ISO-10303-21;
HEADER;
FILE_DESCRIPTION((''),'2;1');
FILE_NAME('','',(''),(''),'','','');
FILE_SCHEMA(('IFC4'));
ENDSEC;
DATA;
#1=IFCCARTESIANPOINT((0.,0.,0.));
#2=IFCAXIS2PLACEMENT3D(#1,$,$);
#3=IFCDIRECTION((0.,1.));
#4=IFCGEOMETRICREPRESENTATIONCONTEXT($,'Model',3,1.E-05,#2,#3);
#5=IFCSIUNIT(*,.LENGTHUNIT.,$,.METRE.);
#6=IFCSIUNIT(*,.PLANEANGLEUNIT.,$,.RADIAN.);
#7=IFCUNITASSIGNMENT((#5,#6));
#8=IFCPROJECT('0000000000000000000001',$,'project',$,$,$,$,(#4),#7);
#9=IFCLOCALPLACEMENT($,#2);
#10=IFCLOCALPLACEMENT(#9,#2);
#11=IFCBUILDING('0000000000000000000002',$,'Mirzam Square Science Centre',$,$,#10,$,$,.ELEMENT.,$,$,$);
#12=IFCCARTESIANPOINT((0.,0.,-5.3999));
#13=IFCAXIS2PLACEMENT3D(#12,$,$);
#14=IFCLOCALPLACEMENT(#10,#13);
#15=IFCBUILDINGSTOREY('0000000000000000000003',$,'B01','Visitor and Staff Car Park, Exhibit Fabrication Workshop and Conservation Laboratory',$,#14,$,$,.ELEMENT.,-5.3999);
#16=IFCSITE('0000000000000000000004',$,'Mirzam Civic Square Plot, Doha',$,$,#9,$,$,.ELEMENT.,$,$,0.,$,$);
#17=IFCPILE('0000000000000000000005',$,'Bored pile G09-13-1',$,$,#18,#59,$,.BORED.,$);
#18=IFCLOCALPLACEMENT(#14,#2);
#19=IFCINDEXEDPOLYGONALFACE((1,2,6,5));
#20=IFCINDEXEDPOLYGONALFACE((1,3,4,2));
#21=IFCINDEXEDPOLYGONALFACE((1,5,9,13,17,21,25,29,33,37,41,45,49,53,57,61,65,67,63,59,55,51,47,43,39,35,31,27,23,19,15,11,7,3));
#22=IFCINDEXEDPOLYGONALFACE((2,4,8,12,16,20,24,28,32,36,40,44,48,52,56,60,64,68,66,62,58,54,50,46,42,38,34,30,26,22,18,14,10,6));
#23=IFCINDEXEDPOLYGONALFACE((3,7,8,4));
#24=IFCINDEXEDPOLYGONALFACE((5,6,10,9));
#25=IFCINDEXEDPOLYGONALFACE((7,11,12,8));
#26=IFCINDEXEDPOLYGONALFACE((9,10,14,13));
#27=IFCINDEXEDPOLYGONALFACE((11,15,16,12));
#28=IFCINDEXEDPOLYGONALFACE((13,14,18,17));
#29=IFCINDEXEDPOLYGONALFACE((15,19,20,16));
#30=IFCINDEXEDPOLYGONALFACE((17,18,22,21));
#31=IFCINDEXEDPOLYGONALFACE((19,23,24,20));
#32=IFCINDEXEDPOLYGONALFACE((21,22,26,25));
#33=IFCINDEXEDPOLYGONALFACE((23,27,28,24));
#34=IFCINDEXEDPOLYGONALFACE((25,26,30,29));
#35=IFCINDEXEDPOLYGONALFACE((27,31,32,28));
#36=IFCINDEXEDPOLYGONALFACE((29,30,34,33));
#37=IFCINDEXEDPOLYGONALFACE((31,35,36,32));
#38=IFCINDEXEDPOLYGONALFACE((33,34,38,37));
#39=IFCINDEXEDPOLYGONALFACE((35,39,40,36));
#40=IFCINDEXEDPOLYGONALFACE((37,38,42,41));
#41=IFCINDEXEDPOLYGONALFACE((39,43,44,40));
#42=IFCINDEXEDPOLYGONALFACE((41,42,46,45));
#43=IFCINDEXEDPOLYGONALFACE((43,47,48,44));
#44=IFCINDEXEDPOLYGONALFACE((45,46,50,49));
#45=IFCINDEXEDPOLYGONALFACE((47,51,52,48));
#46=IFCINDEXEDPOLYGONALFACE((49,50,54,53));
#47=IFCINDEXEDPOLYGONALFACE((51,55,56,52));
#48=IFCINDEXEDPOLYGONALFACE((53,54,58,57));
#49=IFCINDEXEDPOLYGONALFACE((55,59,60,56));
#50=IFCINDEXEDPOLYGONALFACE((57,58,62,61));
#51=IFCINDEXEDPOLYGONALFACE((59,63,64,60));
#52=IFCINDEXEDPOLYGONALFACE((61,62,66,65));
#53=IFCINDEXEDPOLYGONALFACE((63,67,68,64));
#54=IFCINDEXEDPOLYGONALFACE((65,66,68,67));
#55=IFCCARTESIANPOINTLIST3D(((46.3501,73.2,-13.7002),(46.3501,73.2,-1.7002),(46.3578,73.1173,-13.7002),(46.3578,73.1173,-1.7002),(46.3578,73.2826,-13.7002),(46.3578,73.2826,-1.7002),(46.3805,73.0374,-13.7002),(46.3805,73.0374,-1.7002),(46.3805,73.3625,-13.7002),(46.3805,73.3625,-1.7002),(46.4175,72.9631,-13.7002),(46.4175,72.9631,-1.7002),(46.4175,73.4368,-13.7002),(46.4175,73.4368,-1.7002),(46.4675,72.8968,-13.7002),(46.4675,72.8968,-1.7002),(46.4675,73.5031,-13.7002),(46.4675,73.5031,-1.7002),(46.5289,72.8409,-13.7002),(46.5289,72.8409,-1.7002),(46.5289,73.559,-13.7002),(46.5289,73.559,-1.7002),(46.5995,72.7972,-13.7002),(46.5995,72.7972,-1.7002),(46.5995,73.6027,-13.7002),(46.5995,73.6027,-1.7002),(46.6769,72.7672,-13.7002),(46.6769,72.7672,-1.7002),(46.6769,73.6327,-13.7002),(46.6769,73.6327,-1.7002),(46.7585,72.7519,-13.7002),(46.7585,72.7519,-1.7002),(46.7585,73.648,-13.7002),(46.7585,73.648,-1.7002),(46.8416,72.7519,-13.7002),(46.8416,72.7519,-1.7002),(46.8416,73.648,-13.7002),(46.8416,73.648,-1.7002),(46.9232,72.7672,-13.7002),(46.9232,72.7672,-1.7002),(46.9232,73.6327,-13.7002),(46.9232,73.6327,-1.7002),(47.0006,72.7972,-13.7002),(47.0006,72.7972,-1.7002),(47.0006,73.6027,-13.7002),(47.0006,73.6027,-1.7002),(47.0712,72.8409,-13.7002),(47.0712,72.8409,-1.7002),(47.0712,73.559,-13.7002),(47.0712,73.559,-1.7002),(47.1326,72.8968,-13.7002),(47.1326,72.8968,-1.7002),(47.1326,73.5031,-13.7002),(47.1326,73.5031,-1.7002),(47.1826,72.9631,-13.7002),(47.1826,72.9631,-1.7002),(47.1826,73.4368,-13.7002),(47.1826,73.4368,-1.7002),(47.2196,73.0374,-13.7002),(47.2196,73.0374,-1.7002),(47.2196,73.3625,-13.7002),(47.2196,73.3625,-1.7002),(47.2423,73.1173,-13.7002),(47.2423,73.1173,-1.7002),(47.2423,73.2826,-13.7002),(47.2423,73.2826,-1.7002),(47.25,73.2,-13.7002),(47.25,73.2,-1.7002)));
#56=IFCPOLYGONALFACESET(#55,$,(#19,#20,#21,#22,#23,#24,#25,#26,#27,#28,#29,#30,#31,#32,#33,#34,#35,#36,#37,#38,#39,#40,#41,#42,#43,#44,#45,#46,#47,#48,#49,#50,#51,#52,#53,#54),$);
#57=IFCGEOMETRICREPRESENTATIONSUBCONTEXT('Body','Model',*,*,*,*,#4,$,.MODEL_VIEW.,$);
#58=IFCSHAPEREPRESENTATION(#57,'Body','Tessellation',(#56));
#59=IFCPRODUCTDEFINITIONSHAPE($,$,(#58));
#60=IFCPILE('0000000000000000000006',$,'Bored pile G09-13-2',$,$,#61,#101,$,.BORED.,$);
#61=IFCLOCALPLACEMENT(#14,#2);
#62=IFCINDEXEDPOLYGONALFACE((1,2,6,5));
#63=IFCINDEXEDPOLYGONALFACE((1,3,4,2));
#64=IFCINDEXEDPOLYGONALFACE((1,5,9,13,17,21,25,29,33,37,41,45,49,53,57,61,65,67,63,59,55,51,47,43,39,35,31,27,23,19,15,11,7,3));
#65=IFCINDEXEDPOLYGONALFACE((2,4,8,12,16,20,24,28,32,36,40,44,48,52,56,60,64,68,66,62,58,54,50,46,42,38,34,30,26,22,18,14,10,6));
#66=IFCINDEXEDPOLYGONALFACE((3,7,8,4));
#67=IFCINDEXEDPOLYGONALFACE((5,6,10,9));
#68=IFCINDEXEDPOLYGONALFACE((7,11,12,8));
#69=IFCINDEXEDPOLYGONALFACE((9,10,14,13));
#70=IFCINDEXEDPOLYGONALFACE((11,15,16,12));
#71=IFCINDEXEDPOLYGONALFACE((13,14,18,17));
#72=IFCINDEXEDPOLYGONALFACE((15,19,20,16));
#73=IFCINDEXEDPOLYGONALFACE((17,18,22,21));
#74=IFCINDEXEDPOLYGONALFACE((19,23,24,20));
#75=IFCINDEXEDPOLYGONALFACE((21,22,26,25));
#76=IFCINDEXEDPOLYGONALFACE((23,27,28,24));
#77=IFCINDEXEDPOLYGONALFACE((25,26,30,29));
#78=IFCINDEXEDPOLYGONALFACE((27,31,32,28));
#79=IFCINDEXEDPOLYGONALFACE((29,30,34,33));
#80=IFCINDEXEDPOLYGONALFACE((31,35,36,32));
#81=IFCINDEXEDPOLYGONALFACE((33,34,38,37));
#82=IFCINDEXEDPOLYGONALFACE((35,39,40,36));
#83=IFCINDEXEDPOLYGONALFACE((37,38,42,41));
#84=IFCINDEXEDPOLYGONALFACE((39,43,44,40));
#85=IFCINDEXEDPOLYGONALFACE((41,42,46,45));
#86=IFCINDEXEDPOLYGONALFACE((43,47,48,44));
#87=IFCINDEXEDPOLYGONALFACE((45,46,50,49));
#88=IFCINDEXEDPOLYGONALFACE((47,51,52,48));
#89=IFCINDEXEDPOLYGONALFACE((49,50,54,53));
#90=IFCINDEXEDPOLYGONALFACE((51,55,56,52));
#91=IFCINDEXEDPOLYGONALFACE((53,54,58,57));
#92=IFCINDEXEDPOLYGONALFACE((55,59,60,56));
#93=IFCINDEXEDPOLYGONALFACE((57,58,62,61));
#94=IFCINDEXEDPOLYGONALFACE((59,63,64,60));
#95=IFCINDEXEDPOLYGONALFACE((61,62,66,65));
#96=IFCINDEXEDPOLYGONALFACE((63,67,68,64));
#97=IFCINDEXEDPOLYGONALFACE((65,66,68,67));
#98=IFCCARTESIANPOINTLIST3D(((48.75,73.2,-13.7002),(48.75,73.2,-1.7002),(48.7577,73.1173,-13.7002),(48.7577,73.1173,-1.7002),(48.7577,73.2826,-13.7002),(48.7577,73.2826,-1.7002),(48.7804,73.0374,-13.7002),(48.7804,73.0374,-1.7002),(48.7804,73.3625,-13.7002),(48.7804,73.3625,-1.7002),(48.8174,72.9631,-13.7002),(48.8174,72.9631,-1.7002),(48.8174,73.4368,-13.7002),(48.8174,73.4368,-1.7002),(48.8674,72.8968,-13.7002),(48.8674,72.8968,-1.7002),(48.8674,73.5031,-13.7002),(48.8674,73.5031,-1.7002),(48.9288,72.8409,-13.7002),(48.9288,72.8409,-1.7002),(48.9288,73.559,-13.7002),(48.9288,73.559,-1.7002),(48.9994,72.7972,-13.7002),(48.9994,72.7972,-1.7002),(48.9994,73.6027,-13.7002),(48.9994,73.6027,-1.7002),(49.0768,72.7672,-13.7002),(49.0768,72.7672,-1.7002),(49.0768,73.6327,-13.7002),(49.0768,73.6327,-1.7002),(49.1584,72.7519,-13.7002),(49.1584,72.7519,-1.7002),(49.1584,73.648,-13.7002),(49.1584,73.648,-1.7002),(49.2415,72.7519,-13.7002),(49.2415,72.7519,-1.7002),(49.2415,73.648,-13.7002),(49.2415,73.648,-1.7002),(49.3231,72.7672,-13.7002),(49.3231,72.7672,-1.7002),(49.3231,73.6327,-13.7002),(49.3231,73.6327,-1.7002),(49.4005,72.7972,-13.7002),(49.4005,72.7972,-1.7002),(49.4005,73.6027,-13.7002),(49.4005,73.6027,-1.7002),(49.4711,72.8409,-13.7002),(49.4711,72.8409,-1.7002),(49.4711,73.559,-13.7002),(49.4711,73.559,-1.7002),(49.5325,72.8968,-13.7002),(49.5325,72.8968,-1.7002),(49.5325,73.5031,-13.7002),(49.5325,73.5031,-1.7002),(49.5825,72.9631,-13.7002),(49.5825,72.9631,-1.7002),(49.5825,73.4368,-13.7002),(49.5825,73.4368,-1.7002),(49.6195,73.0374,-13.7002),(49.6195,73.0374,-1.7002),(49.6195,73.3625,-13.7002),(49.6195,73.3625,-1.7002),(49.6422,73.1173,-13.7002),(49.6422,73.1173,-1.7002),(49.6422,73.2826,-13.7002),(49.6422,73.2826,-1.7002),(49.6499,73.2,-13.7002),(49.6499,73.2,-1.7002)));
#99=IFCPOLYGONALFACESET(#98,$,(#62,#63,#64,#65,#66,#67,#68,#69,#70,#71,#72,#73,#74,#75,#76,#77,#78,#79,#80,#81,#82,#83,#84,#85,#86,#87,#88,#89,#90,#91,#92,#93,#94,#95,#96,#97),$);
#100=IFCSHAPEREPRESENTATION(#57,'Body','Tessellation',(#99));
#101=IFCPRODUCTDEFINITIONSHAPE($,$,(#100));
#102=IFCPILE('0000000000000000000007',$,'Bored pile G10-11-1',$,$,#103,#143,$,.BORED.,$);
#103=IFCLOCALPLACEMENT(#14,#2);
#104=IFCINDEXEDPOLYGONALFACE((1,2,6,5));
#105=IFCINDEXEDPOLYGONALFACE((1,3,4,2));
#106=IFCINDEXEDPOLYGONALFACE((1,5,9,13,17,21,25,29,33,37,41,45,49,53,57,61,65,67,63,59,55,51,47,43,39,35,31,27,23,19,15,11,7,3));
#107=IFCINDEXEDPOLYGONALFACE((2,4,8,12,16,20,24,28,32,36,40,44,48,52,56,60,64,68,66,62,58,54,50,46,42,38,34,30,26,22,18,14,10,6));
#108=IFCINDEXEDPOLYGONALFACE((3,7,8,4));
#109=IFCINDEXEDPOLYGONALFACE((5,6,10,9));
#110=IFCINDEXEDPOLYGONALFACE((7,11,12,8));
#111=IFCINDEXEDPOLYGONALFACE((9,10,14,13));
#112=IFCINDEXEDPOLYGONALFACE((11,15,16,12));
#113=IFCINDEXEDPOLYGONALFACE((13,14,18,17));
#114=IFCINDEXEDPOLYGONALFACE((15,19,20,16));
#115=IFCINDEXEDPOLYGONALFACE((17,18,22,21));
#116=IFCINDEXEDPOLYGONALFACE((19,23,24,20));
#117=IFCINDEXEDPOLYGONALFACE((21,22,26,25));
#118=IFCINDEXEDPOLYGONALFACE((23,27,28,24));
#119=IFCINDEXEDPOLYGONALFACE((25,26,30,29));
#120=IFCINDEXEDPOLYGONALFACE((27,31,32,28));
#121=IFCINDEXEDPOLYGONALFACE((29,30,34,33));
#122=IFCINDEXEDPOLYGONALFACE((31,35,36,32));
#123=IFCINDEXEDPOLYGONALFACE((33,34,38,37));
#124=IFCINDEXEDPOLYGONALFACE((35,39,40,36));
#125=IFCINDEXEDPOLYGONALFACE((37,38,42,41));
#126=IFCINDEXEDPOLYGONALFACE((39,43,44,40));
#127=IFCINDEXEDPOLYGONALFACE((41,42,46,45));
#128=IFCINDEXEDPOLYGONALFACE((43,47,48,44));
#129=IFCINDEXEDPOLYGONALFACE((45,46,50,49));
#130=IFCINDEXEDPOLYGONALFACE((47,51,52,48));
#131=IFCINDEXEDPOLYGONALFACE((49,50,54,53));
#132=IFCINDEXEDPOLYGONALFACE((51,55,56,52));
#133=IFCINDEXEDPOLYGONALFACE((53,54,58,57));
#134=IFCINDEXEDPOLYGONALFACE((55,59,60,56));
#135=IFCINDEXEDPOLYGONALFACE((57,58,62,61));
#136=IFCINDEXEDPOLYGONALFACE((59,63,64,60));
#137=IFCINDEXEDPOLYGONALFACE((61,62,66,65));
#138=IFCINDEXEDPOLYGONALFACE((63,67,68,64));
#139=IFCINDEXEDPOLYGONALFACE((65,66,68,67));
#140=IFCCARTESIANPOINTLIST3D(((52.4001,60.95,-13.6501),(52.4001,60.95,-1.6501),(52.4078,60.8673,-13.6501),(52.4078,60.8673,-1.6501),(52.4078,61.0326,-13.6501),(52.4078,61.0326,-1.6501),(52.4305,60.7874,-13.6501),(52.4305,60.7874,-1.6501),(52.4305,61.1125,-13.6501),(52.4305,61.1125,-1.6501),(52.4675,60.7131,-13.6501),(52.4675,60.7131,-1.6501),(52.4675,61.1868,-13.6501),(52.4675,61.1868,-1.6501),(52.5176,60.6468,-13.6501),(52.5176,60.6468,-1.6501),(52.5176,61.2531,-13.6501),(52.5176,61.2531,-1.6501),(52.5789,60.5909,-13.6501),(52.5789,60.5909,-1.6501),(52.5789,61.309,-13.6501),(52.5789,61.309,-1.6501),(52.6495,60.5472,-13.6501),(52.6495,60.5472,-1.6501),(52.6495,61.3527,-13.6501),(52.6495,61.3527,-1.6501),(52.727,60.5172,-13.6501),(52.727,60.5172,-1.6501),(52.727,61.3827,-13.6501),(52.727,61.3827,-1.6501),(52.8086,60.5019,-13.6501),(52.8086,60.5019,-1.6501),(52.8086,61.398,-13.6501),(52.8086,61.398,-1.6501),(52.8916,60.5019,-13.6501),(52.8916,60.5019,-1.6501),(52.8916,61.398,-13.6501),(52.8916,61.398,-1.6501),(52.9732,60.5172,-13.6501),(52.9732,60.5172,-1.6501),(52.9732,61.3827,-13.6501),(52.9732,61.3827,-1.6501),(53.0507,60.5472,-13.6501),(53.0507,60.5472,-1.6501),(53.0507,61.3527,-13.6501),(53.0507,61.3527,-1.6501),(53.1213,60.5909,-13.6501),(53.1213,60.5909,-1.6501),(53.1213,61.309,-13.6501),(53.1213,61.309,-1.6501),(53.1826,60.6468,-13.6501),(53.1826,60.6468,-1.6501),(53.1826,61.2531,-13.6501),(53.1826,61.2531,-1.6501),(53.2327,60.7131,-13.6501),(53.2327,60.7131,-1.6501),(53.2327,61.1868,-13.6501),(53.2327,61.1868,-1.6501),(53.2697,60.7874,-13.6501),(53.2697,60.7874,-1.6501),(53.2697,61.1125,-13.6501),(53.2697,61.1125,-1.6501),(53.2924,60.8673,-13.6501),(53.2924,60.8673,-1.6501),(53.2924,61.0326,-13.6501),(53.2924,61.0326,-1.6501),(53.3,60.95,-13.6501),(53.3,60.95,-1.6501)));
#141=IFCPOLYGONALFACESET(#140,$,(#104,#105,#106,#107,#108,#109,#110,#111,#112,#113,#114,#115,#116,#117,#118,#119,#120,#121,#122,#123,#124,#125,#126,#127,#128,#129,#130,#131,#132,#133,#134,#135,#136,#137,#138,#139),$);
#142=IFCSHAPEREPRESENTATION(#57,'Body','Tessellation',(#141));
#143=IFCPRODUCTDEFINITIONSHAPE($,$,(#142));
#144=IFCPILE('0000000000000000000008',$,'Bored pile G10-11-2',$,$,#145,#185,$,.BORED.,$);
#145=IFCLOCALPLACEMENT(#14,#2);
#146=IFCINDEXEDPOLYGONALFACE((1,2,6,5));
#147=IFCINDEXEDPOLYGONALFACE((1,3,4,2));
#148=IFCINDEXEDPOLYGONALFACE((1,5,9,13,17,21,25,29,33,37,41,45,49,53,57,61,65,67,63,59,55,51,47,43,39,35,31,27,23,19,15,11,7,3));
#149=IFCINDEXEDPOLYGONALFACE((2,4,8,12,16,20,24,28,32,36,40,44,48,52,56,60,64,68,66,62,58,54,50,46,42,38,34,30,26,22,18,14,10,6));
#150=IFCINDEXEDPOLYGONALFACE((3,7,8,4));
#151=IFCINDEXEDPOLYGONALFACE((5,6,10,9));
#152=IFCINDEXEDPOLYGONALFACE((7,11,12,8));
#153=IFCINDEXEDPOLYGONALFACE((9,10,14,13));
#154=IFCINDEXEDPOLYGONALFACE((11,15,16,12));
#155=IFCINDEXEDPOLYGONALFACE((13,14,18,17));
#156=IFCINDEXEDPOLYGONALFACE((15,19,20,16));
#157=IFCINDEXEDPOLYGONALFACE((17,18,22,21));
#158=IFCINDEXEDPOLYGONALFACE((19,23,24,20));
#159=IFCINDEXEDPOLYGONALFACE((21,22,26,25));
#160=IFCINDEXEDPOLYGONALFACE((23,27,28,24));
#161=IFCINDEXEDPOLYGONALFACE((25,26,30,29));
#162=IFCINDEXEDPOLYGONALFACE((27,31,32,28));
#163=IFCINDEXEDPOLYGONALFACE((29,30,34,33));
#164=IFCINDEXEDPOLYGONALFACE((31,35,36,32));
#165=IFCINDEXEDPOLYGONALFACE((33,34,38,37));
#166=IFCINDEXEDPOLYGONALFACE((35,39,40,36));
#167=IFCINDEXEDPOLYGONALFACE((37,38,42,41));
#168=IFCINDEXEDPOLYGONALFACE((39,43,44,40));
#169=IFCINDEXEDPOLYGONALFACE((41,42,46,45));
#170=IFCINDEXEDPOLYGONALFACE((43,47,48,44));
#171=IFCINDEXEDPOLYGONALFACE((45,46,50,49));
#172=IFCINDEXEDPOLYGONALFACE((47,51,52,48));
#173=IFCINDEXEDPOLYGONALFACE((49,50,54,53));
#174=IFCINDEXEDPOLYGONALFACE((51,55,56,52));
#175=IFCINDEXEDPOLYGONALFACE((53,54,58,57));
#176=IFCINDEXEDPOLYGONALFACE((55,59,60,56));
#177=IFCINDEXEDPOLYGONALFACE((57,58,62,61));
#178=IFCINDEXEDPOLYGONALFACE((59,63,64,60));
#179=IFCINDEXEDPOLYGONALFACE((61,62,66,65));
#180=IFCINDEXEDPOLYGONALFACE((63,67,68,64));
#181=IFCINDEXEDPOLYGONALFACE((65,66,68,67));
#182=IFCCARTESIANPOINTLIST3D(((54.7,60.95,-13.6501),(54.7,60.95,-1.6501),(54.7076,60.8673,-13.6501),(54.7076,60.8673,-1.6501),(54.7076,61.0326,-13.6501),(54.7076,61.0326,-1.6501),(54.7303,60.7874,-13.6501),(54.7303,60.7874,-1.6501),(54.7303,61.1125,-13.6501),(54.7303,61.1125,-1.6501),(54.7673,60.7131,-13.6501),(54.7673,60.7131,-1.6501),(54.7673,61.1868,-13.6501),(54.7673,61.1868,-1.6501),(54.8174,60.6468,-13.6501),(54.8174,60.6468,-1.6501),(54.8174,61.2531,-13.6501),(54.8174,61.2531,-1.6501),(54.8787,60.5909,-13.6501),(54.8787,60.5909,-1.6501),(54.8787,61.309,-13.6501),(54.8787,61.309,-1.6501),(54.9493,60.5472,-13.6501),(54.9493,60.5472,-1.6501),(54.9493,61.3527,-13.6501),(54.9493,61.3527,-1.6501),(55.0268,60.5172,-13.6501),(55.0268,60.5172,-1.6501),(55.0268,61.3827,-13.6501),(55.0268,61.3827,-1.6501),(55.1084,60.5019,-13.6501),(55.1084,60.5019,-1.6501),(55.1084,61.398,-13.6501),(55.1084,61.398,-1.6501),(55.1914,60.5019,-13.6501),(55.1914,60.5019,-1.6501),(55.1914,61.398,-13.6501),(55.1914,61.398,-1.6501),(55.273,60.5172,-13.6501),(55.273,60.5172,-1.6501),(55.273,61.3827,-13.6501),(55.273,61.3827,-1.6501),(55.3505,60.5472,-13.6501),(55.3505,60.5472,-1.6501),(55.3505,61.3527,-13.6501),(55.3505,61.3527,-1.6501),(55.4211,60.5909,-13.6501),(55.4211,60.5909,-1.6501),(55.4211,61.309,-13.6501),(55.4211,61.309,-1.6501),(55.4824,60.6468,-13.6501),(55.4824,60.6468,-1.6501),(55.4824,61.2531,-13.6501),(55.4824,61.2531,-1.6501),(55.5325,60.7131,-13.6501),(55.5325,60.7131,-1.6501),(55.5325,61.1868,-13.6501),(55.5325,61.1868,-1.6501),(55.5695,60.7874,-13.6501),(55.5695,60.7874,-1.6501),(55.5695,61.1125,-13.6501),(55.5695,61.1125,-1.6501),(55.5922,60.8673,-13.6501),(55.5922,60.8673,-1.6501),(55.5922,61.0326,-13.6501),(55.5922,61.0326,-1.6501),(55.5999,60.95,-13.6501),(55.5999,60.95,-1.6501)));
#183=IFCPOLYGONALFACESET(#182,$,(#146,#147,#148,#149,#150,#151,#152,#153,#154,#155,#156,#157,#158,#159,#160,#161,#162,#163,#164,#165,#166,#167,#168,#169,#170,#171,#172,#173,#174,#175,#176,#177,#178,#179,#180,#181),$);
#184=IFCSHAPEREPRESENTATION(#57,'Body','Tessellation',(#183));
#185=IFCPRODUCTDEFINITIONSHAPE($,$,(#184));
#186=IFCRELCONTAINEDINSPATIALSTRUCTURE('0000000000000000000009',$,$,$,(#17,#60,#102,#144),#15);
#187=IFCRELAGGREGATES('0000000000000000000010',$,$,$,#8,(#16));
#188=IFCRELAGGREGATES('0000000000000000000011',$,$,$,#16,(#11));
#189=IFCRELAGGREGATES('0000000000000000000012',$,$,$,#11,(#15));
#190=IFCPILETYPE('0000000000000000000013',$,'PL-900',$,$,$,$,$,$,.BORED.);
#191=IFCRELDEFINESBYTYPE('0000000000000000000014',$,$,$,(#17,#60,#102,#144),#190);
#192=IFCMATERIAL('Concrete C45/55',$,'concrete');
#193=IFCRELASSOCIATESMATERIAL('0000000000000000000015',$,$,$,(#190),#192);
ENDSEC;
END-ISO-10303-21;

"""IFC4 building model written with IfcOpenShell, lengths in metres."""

from ifc_helpers import new_model, si_unit, direction, frame, origin, origin_2d, place, context, subcontext, project, spatial, circle, extrude, material, material_profile, profile_set, type_object, element, save


model = new_model("IFC4")

# Units and contexts
model_context = context("Model", 3, precision=1e-05, world=origin(), true_north=direction((0.0, 1.0)))
body_context = subcontext(model_context, "Body", "Model", "MODEL_VIEW")
ifc_project = project(units=[si_unit("LENGTHUNIT", "METRE"), si_unit("PLANEANGLEUNIT", "RADIAN")], contexts=[model_context])

# Site, building, storey
site_placement = place(None, origin())
site = spatial("IfcSite", under=ifc_project, at=site_placement, Name="Mirzam Civic Square Plot, Doha", CompositionType="ELEMENT", RefElevation=0.0)
building_placement = place(site_placement, origin())
building = spatial("IfcBuilding", under=site, at=building_placement, Name="Mirzam Square Science Centre", CompositionType="ELEMENT")
storey_placement = place(building_placement, frame((0.0, 0.0, -5.3999)))
storey = spatial("IfcBuildingStorey", under=building, at=storey_placement, Name="B01", Description="Visitor and Staff Car Park, Exhibit Fabrication Workshop and Conservation Laboratory", CompositionType="ELEMENT", Elevation=-5.3999)

# Shared definitions
ifc_material = material(Name="Concrete C45/55", Category="concrete")

# Piles
ifc_material_profile_1 = material_profile(ifc_material, circle(Radius=0.45, at=origin_2d()), Name="PILE-D900")
ifc_profile_set_1 = profile_set([ifc_material_profile_1], Name="Concrete C45/55")
pile_type = type_object("IfcPileType", Name="PL-900", PredefinedType="BORED", material=ifc_profile_set_1)
for number, where, z_axis, x_axis, name in (
    (1, (46.8, 73.2, -1.7002), (0.0, 0.0, -1.0), (1.0, 0.0, 0.0), "Bored pile G09-13-1"),
    (2, (49.2, 73.2, -1.7002), (0.0, 0.0, -1.0), (1.0, 0.0, 0.0), "Bored pile G09-13-2"),
    (3, (52.8501, 60.95, -1.6501), (0.0, 0.0, -1.0), (1.0, 0.0, 0.0), "Bored pile G10-11-1"),
    (4, (55.1499, 60.95, -1.6501), (0.0, 0.0, -1.0), (1.0, 0.0, 0.0), "Bored pile G10-11-2"),
):
    element("IfcPile", number, at=place(storey_placement, frame(where, z_axis=z_axis, x_axis=x_axis)), inside=storey, type_object=pile_type, Name=name, PredefinedType="BORED", context=body_context, shape_type="SweptSolid", body=[
        extrude(circle(Radius=0.45, at=origin_2d()), origin(), (0.0, 0.0, 1.0), 12.0),
    ])

save(model, "model.ifc")
